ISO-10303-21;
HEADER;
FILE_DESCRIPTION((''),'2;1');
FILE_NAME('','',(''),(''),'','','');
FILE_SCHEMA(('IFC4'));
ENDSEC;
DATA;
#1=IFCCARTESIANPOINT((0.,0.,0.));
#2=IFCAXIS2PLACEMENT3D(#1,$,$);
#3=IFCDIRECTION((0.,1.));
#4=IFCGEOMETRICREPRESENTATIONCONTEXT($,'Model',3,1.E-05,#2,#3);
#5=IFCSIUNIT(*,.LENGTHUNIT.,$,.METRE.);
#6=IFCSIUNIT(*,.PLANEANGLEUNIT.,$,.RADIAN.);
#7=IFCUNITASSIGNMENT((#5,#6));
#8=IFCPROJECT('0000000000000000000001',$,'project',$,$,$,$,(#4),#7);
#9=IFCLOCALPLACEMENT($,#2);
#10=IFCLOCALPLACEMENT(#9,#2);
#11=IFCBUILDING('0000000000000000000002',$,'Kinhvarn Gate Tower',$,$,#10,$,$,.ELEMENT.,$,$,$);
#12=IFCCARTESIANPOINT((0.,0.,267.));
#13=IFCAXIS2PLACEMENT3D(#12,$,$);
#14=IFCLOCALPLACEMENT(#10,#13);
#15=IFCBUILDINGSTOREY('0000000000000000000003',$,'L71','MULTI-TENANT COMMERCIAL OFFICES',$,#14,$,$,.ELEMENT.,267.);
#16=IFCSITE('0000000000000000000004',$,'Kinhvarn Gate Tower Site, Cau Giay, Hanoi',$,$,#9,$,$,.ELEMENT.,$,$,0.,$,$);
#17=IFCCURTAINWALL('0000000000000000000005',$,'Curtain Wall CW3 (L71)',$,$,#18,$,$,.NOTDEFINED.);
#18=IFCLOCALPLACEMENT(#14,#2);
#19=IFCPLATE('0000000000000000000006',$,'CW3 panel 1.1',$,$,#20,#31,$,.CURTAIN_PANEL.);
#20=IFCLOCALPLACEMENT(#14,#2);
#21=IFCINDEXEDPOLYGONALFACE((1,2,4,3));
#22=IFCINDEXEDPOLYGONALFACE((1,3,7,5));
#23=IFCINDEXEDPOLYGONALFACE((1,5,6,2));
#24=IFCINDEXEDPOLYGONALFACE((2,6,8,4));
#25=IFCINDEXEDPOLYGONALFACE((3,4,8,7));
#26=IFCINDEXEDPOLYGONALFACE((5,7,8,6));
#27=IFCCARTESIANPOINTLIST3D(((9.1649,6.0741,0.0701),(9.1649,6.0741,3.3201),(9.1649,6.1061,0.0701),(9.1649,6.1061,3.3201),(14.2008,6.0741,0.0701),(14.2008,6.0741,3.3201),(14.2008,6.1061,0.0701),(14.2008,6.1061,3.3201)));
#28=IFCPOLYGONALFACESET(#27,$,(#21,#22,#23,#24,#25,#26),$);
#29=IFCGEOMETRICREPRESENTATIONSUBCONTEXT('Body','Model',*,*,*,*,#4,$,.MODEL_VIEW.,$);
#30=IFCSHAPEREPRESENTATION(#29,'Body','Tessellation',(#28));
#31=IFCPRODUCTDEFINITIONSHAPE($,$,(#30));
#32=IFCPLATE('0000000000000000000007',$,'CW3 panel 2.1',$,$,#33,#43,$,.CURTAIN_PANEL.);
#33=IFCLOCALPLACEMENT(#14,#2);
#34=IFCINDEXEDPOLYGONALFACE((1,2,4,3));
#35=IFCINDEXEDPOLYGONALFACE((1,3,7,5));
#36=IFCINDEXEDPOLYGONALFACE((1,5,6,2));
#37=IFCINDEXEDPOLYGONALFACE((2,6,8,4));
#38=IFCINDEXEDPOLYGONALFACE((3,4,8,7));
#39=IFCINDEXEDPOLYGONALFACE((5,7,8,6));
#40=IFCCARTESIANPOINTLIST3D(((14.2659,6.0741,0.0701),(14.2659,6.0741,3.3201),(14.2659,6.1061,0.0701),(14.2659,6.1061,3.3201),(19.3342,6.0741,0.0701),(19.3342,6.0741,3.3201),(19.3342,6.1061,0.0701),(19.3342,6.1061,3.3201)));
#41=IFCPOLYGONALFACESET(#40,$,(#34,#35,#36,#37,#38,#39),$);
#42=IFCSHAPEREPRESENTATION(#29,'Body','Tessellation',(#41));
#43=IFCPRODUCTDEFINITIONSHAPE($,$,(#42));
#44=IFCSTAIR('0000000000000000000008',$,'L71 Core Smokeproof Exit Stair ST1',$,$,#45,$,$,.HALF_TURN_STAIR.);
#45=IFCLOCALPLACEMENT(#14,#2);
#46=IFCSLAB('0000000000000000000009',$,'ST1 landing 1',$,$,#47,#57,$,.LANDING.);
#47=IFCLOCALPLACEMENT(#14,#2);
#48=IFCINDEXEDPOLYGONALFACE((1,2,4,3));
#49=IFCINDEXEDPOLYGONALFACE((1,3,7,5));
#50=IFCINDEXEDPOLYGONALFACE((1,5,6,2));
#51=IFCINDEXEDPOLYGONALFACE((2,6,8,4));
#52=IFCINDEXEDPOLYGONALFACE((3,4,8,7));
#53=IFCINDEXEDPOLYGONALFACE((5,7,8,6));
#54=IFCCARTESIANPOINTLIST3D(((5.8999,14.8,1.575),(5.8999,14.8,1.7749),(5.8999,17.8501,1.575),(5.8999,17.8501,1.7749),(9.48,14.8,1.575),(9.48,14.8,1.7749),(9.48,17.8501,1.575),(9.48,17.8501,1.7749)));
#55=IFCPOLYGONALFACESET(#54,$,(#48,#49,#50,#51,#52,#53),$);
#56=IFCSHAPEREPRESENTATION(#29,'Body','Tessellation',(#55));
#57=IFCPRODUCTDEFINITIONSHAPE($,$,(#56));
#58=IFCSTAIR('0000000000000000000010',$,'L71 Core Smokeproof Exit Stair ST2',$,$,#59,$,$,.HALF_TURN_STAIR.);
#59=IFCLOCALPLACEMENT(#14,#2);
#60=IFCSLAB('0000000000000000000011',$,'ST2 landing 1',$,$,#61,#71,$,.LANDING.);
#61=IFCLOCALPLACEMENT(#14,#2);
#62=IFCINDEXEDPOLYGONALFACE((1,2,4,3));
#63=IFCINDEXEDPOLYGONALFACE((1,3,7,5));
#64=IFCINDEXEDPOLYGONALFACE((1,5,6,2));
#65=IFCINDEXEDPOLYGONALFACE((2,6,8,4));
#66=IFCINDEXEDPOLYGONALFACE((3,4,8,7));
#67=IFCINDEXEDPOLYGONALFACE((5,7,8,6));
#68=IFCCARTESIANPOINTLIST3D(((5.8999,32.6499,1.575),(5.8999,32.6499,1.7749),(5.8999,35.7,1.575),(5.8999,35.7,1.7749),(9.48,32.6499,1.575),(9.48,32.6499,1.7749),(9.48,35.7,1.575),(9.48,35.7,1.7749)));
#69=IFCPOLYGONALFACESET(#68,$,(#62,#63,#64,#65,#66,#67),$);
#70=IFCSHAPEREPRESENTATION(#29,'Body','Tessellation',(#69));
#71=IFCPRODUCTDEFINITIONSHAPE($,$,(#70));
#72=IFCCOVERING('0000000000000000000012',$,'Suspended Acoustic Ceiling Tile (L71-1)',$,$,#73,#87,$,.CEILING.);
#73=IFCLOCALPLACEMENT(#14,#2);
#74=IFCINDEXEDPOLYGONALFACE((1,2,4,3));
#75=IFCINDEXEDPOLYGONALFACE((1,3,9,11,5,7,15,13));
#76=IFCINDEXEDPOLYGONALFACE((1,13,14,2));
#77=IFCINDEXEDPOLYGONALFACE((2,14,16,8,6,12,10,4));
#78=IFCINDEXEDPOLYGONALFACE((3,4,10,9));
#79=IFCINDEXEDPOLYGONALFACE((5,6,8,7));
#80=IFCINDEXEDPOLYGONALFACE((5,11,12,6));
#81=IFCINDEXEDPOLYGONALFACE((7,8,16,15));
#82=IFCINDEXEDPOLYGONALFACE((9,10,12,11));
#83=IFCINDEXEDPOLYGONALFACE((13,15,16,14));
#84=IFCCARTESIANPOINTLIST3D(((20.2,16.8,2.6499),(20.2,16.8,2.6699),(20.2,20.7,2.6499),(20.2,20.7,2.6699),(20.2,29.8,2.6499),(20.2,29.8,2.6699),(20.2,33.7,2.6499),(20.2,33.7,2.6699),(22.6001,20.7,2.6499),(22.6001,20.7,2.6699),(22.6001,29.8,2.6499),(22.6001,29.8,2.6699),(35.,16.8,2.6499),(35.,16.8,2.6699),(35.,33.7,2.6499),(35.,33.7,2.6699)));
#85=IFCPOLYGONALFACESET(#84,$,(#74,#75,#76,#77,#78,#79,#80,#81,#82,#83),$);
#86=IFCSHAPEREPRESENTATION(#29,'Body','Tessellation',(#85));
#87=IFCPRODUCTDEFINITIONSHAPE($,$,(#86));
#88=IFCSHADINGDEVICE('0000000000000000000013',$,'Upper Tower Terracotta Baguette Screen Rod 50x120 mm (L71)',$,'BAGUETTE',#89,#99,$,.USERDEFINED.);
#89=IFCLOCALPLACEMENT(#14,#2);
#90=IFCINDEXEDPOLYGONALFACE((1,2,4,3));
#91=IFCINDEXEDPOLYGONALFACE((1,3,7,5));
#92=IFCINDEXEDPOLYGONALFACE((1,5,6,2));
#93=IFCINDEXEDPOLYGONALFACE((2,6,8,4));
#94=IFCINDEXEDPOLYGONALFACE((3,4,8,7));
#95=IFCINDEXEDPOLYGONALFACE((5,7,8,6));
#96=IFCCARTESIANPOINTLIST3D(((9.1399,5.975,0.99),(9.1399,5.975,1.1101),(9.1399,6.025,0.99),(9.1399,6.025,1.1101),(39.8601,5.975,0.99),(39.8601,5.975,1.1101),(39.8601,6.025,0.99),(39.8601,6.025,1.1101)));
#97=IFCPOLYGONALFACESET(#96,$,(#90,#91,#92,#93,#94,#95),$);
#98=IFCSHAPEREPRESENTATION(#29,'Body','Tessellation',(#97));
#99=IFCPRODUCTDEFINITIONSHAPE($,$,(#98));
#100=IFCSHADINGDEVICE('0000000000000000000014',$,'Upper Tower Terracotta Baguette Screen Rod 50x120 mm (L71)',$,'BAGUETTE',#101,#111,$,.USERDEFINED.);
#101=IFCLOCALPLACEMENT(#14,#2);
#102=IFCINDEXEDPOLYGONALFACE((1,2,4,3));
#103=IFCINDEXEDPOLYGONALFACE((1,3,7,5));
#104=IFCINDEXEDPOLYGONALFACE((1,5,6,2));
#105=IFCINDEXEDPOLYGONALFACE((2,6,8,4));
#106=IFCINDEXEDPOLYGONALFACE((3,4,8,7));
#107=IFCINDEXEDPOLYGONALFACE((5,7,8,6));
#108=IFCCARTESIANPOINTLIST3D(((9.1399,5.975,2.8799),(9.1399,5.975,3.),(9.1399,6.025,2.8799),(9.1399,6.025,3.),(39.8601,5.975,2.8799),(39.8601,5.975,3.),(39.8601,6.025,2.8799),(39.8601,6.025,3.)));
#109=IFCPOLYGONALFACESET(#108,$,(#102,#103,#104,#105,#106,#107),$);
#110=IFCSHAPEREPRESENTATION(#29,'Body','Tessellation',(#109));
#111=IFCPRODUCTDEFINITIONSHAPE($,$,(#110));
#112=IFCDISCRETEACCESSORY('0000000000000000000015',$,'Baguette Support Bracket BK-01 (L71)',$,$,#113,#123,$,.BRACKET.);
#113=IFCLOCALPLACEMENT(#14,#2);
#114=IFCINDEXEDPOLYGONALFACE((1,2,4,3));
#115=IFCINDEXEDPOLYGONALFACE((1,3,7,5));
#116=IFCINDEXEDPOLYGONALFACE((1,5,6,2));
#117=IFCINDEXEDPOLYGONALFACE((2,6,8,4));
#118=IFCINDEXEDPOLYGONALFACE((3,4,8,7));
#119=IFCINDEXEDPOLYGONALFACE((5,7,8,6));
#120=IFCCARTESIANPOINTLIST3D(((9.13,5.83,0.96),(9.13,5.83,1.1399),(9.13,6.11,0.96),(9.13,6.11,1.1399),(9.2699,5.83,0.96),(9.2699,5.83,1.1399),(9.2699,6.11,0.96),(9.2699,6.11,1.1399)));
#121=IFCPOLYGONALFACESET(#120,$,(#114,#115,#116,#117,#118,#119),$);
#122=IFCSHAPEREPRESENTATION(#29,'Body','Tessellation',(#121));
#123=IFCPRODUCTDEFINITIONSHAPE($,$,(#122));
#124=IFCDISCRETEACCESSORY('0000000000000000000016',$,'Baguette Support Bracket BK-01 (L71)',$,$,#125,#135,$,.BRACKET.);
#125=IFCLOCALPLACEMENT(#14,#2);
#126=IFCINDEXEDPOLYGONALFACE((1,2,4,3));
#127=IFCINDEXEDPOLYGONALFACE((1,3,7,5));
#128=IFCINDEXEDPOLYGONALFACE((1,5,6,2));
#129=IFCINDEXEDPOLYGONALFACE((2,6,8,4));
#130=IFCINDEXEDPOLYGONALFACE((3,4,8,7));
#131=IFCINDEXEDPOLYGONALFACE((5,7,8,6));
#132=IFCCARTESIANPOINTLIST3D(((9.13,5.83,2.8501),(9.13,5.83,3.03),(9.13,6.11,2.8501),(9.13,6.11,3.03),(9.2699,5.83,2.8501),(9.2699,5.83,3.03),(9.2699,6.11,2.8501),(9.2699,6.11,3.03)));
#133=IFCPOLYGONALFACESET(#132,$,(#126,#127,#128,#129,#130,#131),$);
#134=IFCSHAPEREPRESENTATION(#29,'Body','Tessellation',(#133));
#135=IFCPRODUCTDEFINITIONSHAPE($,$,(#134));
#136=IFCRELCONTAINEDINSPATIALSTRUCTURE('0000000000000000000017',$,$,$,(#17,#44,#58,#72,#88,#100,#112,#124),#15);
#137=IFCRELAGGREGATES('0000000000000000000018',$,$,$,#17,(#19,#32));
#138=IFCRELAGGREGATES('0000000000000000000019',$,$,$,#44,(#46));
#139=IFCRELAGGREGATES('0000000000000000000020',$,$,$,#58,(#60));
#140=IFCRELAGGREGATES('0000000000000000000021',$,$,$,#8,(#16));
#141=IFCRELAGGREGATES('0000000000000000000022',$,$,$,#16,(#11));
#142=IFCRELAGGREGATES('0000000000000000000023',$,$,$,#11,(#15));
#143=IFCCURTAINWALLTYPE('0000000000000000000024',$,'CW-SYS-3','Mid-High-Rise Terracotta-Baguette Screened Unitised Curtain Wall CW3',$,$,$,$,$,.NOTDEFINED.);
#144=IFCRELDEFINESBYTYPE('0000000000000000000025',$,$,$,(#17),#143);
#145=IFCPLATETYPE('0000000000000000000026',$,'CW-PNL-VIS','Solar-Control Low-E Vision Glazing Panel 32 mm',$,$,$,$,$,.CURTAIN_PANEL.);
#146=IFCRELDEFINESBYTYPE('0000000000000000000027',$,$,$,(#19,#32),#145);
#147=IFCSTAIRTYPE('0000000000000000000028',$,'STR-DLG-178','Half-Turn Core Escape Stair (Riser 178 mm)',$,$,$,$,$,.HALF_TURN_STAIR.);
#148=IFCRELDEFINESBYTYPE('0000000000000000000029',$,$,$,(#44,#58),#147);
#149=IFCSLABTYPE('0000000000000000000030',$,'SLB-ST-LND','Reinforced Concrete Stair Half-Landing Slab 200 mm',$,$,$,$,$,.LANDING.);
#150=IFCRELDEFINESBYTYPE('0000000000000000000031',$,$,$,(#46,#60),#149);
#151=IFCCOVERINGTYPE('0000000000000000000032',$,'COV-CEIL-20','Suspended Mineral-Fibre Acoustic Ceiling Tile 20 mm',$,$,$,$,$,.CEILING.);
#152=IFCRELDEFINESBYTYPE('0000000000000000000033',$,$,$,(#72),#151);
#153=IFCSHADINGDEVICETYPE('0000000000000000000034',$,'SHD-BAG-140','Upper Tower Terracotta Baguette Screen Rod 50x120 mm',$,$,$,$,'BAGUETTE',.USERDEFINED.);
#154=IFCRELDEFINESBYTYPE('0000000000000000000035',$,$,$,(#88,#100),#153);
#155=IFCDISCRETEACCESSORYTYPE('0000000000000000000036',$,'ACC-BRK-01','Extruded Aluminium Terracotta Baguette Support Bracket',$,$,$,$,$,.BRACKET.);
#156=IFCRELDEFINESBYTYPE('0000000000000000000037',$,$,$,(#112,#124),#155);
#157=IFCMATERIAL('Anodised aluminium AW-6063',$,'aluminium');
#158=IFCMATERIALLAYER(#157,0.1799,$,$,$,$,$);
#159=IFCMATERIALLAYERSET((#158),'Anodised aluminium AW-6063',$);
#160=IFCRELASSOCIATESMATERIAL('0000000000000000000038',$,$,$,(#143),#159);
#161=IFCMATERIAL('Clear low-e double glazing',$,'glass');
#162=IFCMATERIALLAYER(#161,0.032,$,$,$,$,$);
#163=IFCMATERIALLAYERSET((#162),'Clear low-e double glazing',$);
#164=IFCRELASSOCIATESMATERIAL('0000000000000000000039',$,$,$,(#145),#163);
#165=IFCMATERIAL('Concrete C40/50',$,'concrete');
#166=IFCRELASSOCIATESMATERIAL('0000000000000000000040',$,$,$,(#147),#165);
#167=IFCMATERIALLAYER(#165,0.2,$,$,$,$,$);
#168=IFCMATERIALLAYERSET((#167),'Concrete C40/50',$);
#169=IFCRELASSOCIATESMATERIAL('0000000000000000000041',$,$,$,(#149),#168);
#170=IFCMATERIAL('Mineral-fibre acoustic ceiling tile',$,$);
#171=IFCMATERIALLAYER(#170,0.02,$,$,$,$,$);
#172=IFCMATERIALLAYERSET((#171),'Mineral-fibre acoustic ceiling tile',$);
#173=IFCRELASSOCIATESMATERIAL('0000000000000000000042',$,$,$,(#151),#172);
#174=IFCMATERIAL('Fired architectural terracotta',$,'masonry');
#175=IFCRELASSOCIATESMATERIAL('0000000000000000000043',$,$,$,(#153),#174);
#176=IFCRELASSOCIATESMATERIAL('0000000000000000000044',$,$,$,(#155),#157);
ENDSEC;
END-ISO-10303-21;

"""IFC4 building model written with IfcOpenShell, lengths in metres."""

from ifc_helpers import new_model, si_unit, direction, frame, origin, origin_2d, place, context, subcontext, project, spatial, polyline, rectangle, outline, extrude, material, layer, layer_set, material_profile, profile_set, type_object, element, aggregate, save


model = new_model("IFC4")

# Units and contexts
model_context = context("Model", 3, precision=1e-05, world=origin(), true_north=direction((0.0, 1.0)))
body_context = subcontext(model_context, "Body", "Model", "MODEL_VIEW")
ifc_project = project(units=[si_unit("LENGTHUNIT", "METRE"), si_unit("PLANEANGLEUNIT", "RADIAN")], contexts=[model_context])

# Site, building, storey
site_placement = place(None, origin())
site = spatial("IfcSite", under=ifc_project, at=site_placement, Name="Kinhvarn Gate Tower Site, Cau Giay, Hanoi", CompositionType="ELEMENT", RefElevation=0.0)
building_placement = place(site_placement, origin())
building = spatial("IfcBuilding", under=site, at=building_placement, Name="Kinhvarn Gate Tower", CompositionType="ELEMENT")
storey_placement = place(building_placement, frame((0.0, 0.0, 267.0)))
storey = spatial("IfcBuildingStorey", under=building, at=storey_placement, Name="L71", Description="MULTI-TENANT COMMERCIAL OFFICES", CompositionType="ELEMENT", Elevation=267.0)

# Curtain wall
ifc_material_1 = material(Name="Anodised aluminium AW-6063", Category="aluminium")
ifc_layer_1 = layer(ifc_material_1, 0.1799)
ifc_layer_set_1 = layer_set([ifc_layer_1], Name="Anodised aluminium AW-6063")
curtain_wall_type = type_object("IfcCurtainWallType", Name="CW-SYS-3", Description="Mid-High-Rise Terracotta-Baguette Screened Unitised Curtain Wall CW3", PredefinedType="NOTDEFINED", material=ifc_layer_set_1)
curtain_wall_placement = place(storey_placement, origin())
curtain_wall = element("IfcCurtainWall", 1, at=curtain_wall_placement, inside=storey, type_object=curtain_wall_type, Name="Curtain Wall CW3 (L71)", PredefinedType="NOTDEFINED")

# Plates
ifc_material_2 = material(Name="Clear low-e double glazing", Category="glass")
ifc_layer_2 = layer(ifc_material_2, 0.032)
ifc_layer_set_2 = layer_set([ifc_layer_2], Name="Clear low-e double glazing")
plate_type = type_object("IfcPlateType", Name="CW-PNL-VIS", Description="Solar-Control Low-E Vision Glazing Panel 32 mm", PredefinedType="CURTAIN_PANEL", material=ifc_layer_set_2)
plate_1_placement = place(storey_placement, frame((11.6829, 6.0901, 0.0701), z_axis=(0.0, 0.0, 1.0), x_axis=(1.0, 0.0, 0.0)))
plate_1 = element("IfcPlate", 2, at=plate_1_placement, type_object=plate_type, Name="CW3 panel 1.1", PredefinedType="CURTAIN_PANEL", context=body_context, shape_type="SweptSolid", body=[
    extrude(rectangle(XDim=5.0359, YDim=0.032, at=origin_2d()), origin(), (0.0, 0.0, 1.0), 3.25),
])
plate_2_placement = place(storey_placement, frame((16.8, 6.0901, 0.0701), z_axis=(0.0, 0.0, 1.0), x_axis=(1.0, 0.0, 0.0)))
plate_2 = element("IfcPlate", 3, at=plate_2_placement, type_object=plate_type, Name="CW3 panel 2.1", PredefinedType="CURTAIN_PANEL", context=body_context, shape_type="SweptSolid", body=[
    extrude(rectangle(XDim=5.0684, YDim=0.032, at=origin_2d()), origin(), (0.0, 0.0, 1.0), 3.25),
])
aggregate(curtain_wall, [plate_1, plate_2])

# Stairs, slabs
ifc_material_3 = material(Name="Concrete C40/50", Category="concrete")
stair_type = type_object("IfcStairType", Name="STR-DLG-178", Description="Half-Turn Core Escape Stair (Riser 178 mm)", PredefinedType="HALF_TURN_STAIR", material=ifc_material_3)
stair_1_placement = place(storey_placement, origin())
stair_1 = element("IfcStair", 4, at=stair_1_placement, inside=storey, type_object=stair_type, Name="L71 Core Smokeproof Exit Stair ST1", PredefinedType="HALF_TURN_STAIR")
ifc_layer_3 = layer(ifc_material_3, 0.2)
ifc_layer_set_3 = layer_set([ifc_layer_3], Name="Concrete C40/50")
slab_type = type_object("IfcSlabType", Name="SLB-ST-LND", Description="Reinforced Concrete Stair Half-Landing Slab 200 mm", PredefinedType="LANDING", material=ifc_layer_set_3)
slab_1_placement = place(storey_placement, frame((0.0, 0.0, 1.575)))
slab_1 = element("IfcSlab", 5, at=slab_1_placement, type_object=slab_type, Name="ST1 landing 1", PredefinedType="LANDING", context=body_context, shape_type="SweptSolid", body=[
    extrude(outline(polyline([(9.48, 17.8501), (5.8999, 17.8501), (5.8999, 14.8), (9.48, 14.8), (9.48, 17.8501)])), origin(), (0.0, 0.0, 1.0), 0.2),
])
aggregate(stair_1, [slab_1])
stair_2_placement = place(storey_placement, origin())
stair_2 = element("IfcStair", 6, at=stair_2_placement, inside=storey, type_object=stair_type, Name="L71 Core Smokeproof Exit Stair ST2", PredefinedType="HALF_TURN_STAIR")
slab_2_placement = place(storey_placement, frame((0.0, 0.0, 1.575)))
slab_2 = element("IfcSlab", 7, at=slab_2_placement, type_object=slab_type, Name="ST2 landing 1", PredefinedType="LANDING", context=body_context, shape_type="SweptSolid", body=[
    extrude(outline(polyline([(9.48, 35.7), (5.8999, 35.7), (5.8999, 32.6499), (9.48, 32.6499), (9.48, 35.7)])), origin(), (0.0, 0.0, 1.0), 0.2),
])
aggregate(stair_2, [slab_2])

# Covering
ifc_material_4 = material(Name="Mineral-fibre acoustic ceiling tile")
ifc_layer_4 = layer(ifc_material_4, 0.02)
ifc_layer_set_4 = layer_set([ifc_layer_4], Name="Mineral-fibre acoustic ceiling tile")
covering_type = type_object("IfcCoveringType", Name="COV-CEIL-20", Description="Suspended Mineral-Fibre Acoustic Ceiling Tile 20 mm", PredefinedType="CEILING", material=ifc_layer_set_4)
covering_placement = place(storey_placement, frame((0.0, 0.0, 2.6499)))
element("IfcCovering", 8, at=covering_placement, inside=storey, type_object=covering_type, Name="Suspended Acoustic Ceiling Tile (L71-1)", PredefinedType="CEILING", context=body_context, shape_type="SweptSolid", body=[
    extrude(outline(polyline([(35.0, 33.7), (35.0, 16.8), (20.2, 16.8), (20.2, 20.7), (22.6001, 20.7), (22.6001, 29.8), (20.2, 29.8), (20.2, 33.7), (35.0, 33.7)])), origin(), (0.0, 0.0, 1.0), 0.02),
])

# Shading devices
ifc_material_5 = material(Name="Fired architectural terracotta", Category="masonry")
ifc_material_profile_1 = material_profile(ifc_material_5, rectangle(XDim=0.05, YDim=0.1201, at=origin_2d()), Name="TC 50x120")
ifc_profile_set_1 = profile_set([ifc_material_profile_1], Name="Fired architectural terracotta")
shading_device_type = type_object("IfcShadingDeviceType", Name="SHD-BAG-140", Description="Upper Tower Terracotta Baguette Screen Rod 50x120 mm", ElementType="BAGUETTE", PredefinedType="USERDEFINED", material=ifc_profile_set_1)
for number, where, z_axis, x_axis, name in (
    (9, (9.1399, 6.0, 1.05), (1.0, 0.0, 0.0), (0.0, 1.0, 0.0), "Upper Tower Terracotta Baguette Screen Rod 50x120 mm (L71)"),
    (10, (9.1399, 6.0, 2.9399), (1.0, 0.0, 0.0), (0.0, 1.0, 0.0), "Upper Tower Terracotta Baguette Screen Rod 50x120 mm (L71)"),
):
    element("IfcShadingDevice", number, at=place(storey_placement, frame(where, z_axis=z_axis, x_axis=x_axis)), inside=storey, type_object=shading_device_type, Name=name, ObjectType="BAGUETTE", PredefinedType="USERDEFINED", context=body_context, shape_type="SweptSolid", body=[
        extrude(rectangle(XDim=0.05, YDim=0.1201, at=origin_2d()), origin(), (0.0, 0.0, 1.0), 30.7202),
    ])

# Discrete accessories
discrete_accessory_type = type_object("IfcDiscreteAccessoryType", Name="ACC-BRK-01", Description="Extruded Aluminium Terracotta Baguette Support Bracket", PredefinedType="BRACKET", material=ifc_material_1)
for number, where, z_axis, x_axis, name in (
    (11, (9.2, 5.97, 0.96), (0.0, 0.0, 1.0), (1.0, 0.0, 0.0), "Baguette Support Bracket BK-01 (L71)"),
    (12, (9.2, 5.97, 2.8501), (0.0, 0.0, 1.0), (1.0, 0.0, 0.0), "Baguette Support Bracket BK-01 (L71)"),
):
    element("IfcDiscreteAccessory", number, at=place(storey_placement, frame(where, z_axis=z_axis, x_axis=x_axis)), inside=storey, type_object=discrete_accessory_type, Name=name, PredefinedType="BRACKET", context=body_context, shape_type="SweptSolid", body=[
        extrude(rectangle(XDim=0.1399, YDim=0.28, at=origin_2d()), origin(), (0.0, 0.0, 1.0), 0.1799),
    ])

save(model, "model.ifc")
